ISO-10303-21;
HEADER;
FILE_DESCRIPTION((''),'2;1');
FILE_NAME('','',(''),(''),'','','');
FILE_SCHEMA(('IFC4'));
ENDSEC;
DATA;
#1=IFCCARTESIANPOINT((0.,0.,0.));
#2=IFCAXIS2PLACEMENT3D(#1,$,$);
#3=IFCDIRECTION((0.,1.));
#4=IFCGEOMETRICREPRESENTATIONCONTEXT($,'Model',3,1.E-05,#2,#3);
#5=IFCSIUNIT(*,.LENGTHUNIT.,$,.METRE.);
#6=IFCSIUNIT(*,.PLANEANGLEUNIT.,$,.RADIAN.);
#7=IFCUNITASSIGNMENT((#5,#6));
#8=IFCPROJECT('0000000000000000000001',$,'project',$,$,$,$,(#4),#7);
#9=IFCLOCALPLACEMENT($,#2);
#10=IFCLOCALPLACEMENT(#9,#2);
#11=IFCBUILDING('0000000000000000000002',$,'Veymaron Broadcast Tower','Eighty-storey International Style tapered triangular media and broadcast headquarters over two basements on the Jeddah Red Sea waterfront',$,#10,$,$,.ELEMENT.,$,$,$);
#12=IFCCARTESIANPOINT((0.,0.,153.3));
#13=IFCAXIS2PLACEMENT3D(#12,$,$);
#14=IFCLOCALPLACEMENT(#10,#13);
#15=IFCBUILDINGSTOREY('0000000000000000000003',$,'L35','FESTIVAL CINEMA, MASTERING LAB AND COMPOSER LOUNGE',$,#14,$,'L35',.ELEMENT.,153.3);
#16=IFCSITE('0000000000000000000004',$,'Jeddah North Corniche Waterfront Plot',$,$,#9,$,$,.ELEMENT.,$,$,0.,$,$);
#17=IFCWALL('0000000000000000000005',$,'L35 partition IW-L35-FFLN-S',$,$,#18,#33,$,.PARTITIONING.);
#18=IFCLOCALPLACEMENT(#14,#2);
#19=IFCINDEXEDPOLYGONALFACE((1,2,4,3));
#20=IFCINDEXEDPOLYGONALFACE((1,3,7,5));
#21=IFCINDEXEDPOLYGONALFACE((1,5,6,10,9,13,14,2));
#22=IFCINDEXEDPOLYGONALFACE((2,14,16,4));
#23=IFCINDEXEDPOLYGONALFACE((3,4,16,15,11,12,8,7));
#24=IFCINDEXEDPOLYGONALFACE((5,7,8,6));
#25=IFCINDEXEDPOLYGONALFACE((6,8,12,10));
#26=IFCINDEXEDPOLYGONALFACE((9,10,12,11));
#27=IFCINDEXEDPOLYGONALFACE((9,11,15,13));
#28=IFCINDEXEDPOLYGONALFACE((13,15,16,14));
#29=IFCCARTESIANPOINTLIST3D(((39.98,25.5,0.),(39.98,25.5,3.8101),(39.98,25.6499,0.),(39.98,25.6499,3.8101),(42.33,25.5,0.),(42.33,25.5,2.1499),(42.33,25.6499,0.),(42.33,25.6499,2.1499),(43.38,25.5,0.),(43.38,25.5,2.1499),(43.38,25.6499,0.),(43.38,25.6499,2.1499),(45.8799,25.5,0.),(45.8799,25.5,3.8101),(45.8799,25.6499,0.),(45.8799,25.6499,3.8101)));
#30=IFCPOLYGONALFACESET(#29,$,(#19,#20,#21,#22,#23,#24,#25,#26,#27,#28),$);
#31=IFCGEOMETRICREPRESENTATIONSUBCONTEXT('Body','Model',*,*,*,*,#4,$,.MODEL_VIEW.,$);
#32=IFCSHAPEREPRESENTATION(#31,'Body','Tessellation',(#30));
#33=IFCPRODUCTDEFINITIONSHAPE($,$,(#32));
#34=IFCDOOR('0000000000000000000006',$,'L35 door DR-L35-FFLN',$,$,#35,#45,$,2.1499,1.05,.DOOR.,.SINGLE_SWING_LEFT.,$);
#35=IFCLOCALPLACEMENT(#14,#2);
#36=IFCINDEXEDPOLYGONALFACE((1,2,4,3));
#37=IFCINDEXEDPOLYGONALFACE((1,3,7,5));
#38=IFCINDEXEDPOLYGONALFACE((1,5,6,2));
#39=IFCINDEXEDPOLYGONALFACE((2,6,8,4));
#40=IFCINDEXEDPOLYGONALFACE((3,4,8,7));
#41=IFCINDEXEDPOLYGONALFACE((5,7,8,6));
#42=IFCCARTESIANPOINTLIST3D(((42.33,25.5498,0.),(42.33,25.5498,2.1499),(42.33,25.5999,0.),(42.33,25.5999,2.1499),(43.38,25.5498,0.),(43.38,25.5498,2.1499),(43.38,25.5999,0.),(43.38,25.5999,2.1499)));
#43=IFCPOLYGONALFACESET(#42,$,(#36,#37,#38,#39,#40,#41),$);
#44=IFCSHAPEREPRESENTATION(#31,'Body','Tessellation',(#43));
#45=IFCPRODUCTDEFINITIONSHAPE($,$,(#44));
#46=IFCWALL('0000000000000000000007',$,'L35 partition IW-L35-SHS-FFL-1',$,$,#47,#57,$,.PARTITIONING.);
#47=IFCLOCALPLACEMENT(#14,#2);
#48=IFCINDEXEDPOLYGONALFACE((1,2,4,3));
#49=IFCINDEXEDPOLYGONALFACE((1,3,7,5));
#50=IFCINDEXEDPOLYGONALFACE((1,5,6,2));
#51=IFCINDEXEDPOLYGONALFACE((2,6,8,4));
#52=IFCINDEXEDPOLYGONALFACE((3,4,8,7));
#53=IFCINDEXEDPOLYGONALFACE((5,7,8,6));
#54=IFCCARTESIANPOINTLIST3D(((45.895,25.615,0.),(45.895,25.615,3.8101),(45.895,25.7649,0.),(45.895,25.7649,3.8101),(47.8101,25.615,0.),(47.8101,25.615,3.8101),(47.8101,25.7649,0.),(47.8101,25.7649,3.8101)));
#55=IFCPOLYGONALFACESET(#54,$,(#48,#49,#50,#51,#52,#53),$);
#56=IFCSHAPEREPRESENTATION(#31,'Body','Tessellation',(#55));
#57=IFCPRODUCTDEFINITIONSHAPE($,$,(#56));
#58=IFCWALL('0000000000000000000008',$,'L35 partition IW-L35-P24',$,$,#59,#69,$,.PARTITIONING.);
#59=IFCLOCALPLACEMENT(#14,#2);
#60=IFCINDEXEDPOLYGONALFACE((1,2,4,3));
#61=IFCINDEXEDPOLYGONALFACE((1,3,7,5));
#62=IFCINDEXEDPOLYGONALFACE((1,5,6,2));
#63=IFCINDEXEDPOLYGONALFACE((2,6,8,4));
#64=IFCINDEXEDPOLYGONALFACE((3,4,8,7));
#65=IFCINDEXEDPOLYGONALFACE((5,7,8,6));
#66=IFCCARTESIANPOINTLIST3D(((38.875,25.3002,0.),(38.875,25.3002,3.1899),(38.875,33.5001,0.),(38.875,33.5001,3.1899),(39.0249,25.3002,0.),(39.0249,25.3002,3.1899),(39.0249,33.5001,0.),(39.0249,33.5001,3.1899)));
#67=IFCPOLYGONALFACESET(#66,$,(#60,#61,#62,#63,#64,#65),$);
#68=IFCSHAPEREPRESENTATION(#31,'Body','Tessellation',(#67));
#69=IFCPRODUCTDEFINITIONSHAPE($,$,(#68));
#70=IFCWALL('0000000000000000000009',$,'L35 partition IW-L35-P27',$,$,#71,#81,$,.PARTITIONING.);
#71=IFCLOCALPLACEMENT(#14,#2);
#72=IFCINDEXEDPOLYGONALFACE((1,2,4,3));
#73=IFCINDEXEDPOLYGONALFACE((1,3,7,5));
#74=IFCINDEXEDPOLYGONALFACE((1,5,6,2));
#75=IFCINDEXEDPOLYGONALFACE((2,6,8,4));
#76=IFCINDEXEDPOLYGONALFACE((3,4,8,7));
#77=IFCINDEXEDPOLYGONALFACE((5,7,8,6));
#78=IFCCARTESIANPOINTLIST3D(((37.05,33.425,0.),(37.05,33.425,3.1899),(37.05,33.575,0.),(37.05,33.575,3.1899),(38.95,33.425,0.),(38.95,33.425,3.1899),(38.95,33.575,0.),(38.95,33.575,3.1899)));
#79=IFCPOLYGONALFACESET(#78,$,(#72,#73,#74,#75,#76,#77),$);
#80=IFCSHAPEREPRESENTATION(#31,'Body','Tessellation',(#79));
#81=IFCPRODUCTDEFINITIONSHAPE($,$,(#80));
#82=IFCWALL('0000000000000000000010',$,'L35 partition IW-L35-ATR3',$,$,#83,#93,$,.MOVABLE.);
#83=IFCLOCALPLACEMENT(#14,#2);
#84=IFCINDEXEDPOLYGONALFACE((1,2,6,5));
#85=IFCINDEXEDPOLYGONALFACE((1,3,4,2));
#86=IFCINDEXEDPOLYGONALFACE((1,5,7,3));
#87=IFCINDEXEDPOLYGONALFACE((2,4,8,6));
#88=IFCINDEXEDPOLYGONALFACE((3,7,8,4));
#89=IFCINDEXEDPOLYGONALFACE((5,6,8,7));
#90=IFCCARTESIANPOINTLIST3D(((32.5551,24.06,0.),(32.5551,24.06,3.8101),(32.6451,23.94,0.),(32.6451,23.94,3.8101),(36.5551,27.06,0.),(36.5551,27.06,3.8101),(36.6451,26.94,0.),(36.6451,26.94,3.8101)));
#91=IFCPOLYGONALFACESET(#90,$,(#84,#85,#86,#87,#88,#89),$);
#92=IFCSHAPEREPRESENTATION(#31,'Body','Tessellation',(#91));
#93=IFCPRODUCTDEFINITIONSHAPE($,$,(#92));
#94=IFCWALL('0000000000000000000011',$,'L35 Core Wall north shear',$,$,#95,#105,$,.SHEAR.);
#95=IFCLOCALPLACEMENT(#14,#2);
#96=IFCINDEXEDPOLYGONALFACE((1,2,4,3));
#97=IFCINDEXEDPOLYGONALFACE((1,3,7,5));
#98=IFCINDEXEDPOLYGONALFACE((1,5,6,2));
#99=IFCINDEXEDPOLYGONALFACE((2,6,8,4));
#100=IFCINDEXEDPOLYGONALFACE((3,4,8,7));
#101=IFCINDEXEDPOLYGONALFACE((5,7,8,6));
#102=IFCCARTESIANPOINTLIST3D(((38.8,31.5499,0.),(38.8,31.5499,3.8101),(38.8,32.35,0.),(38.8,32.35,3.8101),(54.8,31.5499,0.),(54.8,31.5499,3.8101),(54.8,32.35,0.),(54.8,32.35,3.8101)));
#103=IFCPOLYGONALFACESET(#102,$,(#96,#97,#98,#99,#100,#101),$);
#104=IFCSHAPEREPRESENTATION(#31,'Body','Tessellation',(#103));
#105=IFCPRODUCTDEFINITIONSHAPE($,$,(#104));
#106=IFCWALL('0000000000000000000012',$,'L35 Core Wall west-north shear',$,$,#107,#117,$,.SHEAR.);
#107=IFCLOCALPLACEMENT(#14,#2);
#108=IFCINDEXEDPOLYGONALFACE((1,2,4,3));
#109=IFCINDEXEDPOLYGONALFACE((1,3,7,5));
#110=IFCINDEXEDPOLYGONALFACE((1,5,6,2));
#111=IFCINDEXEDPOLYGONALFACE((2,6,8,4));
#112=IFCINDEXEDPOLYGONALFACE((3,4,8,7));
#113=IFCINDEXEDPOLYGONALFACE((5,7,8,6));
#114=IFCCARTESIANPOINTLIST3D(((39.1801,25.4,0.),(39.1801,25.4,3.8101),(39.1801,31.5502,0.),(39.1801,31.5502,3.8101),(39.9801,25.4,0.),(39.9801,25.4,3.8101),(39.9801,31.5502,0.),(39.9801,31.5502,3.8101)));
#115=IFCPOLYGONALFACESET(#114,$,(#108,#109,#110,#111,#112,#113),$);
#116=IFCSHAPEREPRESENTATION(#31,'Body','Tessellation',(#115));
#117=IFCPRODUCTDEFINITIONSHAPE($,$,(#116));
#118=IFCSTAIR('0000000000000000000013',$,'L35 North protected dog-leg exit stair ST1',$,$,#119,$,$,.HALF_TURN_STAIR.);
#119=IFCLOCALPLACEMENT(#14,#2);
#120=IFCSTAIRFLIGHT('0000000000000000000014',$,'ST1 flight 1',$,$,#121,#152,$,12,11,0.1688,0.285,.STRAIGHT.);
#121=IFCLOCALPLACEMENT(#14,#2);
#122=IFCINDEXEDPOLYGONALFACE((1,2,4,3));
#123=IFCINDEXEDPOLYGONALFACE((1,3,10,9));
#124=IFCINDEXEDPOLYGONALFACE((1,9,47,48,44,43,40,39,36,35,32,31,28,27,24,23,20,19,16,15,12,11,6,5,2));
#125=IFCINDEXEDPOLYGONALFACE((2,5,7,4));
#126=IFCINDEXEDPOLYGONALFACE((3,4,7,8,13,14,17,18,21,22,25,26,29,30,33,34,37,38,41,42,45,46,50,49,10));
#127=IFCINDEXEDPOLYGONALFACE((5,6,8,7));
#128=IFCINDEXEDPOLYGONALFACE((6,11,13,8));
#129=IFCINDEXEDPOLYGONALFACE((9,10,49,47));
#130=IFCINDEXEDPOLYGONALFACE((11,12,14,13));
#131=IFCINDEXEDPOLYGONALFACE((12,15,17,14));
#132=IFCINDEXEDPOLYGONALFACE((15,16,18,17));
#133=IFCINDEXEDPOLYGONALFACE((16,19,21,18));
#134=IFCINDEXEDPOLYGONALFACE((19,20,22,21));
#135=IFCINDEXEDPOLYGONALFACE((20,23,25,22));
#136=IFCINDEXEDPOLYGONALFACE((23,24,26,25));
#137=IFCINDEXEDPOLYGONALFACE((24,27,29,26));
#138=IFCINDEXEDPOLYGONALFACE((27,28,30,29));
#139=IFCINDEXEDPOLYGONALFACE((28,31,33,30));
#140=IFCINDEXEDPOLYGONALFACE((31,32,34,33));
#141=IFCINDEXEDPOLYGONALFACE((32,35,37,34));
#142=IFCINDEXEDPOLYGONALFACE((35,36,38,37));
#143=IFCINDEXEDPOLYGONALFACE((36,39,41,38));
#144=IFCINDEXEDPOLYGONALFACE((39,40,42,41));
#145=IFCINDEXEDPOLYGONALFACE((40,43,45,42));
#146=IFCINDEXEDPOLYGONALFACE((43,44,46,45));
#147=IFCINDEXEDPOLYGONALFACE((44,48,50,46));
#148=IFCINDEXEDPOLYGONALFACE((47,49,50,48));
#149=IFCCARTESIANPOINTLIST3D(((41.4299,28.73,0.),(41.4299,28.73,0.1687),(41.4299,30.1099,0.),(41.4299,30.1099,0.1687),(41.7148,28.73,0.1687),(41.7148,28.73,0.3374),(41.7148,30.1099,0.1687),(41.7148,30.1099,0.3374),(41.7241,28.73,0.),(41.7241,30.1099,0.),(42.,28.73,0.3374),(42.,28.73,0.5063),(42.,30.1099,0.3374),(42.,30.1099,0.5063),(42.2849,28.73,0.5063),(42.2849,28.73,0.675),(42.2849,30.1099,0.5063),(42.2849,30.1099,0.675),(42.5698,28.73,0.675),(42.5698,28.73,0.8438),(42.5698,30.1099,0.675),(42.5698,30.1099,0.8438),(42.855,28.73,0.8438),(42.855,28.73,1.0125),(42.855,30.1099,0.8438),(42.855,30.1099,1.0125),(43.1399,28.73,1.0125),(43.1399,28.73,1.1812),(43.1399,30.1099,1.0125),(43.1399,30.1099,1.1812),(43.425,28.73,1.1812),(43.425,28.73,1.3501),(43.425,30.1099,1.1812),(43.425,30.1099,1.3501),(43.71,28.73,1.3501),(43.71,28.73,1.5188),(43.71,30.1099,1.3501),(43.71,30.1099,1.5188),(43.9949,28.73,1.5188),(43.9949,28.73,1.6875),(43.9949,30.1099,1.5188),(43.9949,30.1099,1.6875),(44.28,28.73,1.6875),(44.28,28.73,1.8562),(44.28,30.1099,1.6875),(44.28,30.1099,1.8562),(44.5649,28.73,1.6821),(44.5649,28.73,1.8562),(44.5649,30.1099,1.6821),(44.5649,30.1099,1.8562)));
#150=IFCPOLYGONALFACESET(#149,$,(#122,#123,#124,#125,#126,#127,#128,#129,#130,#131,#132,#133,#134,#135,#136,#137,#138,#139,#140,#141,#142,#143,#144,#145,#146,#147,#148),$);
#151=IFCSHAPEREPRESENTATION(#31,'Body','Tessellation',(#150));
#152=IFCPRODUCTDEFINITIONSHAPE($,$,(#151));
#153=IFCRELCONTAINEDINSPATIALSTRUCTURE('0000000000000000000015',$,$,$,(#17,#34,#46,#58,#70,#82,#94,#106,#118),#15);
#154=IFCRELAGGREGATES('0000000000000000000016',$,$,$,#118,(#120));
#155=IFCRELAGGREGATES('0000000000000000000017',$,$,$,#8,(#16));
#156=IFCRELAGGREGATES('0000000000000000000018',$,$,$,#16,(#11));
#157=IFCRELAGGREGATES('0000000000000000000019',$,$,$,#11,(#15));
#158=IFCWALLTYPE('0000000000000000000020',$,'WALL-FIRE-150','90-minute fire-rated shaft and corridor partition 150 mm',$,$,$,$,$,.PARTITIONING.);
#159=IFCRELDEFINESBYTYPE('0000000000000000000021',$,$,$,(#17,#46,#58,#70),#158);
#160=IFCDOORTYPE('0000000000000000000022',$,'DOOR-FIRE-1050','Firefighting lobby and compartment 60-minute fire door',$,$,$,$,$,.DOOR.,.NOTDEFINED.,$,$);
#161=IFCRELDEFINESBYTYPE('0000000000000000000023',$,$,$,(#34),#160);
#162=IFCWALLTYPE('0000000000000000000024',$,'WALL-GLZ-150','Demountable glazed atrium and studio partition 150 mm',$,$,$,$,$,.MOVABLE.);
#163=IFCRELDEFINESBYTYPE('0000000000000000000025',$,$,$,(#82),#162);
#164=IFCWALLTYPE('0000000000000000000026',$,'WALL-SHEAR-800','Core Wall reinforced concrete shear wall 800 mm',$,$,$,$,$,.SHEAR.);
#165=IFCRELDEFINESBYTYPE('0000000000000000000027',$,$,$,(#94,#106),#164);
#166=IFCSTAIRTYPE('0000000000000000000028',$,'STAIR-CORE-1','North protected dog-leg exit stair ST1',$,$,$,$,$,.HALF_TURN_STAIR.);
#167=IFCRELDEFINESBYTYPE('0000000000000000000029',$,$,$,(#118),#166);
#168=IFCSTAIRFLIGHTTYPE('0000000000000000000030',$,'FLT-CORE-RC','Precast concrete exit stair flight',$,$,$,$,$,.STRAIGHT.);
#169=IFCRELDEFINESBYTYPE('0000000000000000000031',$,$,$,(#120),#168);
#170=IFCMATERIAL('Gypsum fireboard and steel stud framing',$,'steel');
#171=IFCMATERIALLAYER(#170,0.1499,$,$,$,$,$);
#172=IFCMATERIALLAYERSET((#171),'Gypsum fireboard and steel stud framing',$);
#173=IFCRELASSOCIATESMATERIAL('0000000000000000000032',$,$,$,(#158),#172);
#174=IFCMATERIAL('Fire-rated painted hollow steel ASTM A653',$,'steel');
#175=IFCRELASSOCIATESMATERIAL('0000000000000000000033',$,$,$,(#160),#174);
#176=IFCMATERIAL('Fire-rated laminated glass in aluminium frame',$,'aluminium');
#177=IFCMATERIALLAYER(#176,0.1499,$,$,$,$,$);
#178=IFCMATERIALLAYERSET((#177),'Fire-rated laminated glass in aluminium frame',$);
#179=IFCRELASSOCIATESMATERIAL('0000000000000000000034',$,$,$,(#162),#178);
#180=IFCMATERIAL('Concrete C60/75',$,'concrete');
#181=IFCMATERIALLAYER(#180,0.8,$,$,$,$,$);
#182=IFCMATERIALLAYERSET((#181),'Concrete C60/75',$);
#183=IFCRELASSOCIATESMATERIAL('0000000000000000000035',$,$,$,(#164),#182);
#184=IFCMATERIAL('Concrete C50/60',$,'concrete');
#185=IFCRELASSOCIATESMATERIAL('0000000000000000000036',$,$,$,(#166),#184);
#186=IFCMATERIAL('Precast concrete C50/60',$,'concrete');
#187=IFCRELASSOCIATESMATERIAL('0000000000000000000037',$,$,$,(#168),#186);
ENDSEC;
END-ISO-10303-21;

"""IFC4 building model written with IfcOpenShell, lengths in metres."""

from ifc_helpers import new_model, si_unit, direction, frame, frame_2d, origin, place, context, subcontext, project, spatial, polyline, rectangle, outline, extrude, material, layer, layer_set, type_object, element, fill, aggregate, save


model = new_model("IFC4")

# Units and contexts
model_context = context("Model", 3, precision=1e-05, world=origin(), true_north=direction((0.0, 1.0)))
body_context = subcontext(model_context, "Body", "Model", "MODEL_VIEW")
ifc_project = project(units=[si_unit("LENGTHUNIT", "METRE"), si_unit("PLANEANGLEUNIT", "RADIAN")], contexts=[model_context])

# Site, building, storey
site_placement = place(None, origin())
site = spatial("IfcSite", under=ifc_project, at=site_placement, Name="Jeddah North Corniche Waterfront Plot", CompositionType="ELEMENT", RefElevation=0.0)
building_placement = place(site_placement, origin())
building = spatial("IfcBuilding", under=site, at=building_placement, Name="Veymaron Broadcast Tower", Description="Eighty-storey International Style tapered triangular media and broadcast headquarters over two basements on the Jeddah Red Sea waterfront", CompositionType="ELEMENT")
storey_placement = place(building_placement, frame((0.0, 0.0, 153.3)))
storey = spatial("IfcBuildingStorey", under=building, at=storey_placement, Name="L35", Description="FESTIVAL CINEMA, MASTERING LAB AND COMPOSER LOUNGE", LongName="L35", CompositionType="ELEMENT", Elevation=153.3)

# Wall, opening, door
ifc_material_1 = material(Name="Gypsum fireboard and steel stud framing", Category="steel")
ifc_layer_1 = layer(ifc_material_1, 0.1499)
ifc_layer_set_1 = layer_set([ifc_layer_1], Name="Gypsum fireboard and steel stud framing")
wall_type_1 = type_object("IfcWallType", Name="WALL-FIRE-150", Description="90-minute fire-rated shaft and corridor partition 150 mm", PredefinedType="PARTITIONING", material=ifc_layer_set_1)
wall_1_placement = place(storey_placement, frame((39.98, 25.575, 0.0), z_axis=(0.0, 0.0, 1.0), x_axis=(1.0, 0.0, 0.0)))
wall_1 = element("IfcWall", 1, at=wall_1_placement, inside=storey, type_object=wall_type_1, Name="L35 partition IW-L35-FFLN-S", PredefinedType="PARTITIONING", context=body_context, shape_type="SweptSolid", body=[
    extrude(rectangle(XDim=5.8999, YDim=0.1499, at=frame_2d((2.95, 0.0))), origin(), (0.0, 0.0, 1.0), 3.8101),
])
opening_1_placement = place(wall_1_placement, frame((2.3501, 0.0, 0.0)))
opening_1 = element("IfcOpeningElement", 2, at=opening_1_placement, cuts=wall_1, PredefinedType="OPENING", context=body_context, shape_type="SweptSolid", body=[
    extrude(rectangle(XDim=1.05, YDim=2.1499, at=frame_2d((0.5249, 1.075))), frame((0.0, 0.085, 0.0), z_axis=(0.0, -1.0, 0.0), x_axis=(1.0, 0.0, 0.0)), (0.0, 0.0, 1.0), 0.1699),
])
ifc_material_2 = material(Name="Fire-rated painted hollow steel ASTM A653", Category="steel")
door_type_1 = type_object("IfcDoorType", Name="DOOR-FIRE-1050", Description="Firefighting lobby and compartment 60-minute fire door", OperationType="NOTDEFINED", PredefinedType="DOOR", material=ifc_material_2)
door_1_placement = place(opening_1_placement, origin())
door_1 = element("IfcDoor", 3, at=door_1_placement, inside=storey, type_object=door_type_1, Name="L35 door DR-L35-FFLN", OperationType="SINGLE_SWING_LEFT", OverallHeight=2.1499, OverallWidth=1.05, PredefinedType="DOOR", context=body_context, shape_type="SweptSolid", body=[
    extrude(rectangle(XDim=1.05, YDim=2.1499, at=frame_2d((0.5249, 1.075))), frame((0.0, 0.0249, 0.0), z_axis=(0.0, -1.0, 0.0), x_axis=(1.0, 0.0, 0.0)), (0.0, 0.0, 1.0), 0.05),
])
fill(opening_1, door_1)

# Wall
wall_2_placement = place(storey_placement, frame((45.895, 25.6899, 0.0), z_axis=(0.0, 0.0, 1.0), x_axis=(1.0, 0.0, 0.0)))
element("IfcWall", 4, at=wall_2_placement, inside=storey, type_object=wall_type_1, Name="L35 partition IW-L35-SHS-FFL-1", PredefinedType="PARTITIONING", context=body_context, shape_type="SweptSolid", body=[
    extrude(rectangle(XDim=1.915, YDim=0.1499, at=frame_2d((0.9575, 0.0))), origin(), (0.0, 0.0, 1.0), 3.8101),
])

# Walls
wall_3_placement = place(storey_placement, frame((38.95, 25.3, 0.0), z_axis=(0.0, 0.0, 1.0), x_axis=(0.0, 1.0, 0.0)))
element("IfcWall", 5, at=wall_3_placement, inside=storey, type_object=wall_type_1, Name="L35 partition IW-L35-P24", PredefinedType="PARTITIONING", context=body_context, shape_type="SweptSolid", body=[
    extrude(rectangle(XDim=8.2, YDim=0.1499, at=frame_2d((4.1001, 0.0))), origin(), (0.0, 0.0, 1.0), 3.1899),
])
wall_4_placement = place(storey_placement, frame((37.05, 33.5, 0.0), z_axis=(0.0, 0.0, 1.0), x_axis=(1.0, 0.0, 0.0)))
element("IfcWall", 6, at=wall_4_placement, inside=storey, type_object=wall_type_1, Name="L35 partition IW-L35-P27", PredefinedType="PARTITIONING", context=body_context, shape_type="SweptSolid", body=[
    extrude(rectangle(XDim=1.8999, YDim=0.1499, at=frame_2d((0.95, 0.0))), origin(), (0.0, 0.0, 1.0), 3.1899),
])
ifc_material_3 = material(Name="Fire-rated laminated glass in aluminium frame", Category="aluminium")
ifc_layer_2 = layer(ifc_material_3, 0.1499)
ifc_layer_set_2 = layer_set([ifc_layer_2], Name="Fire-rated laminated glass in aluminium frame")
wall_type_2 = type_object("IfcWallType", Name="WALL-GLZ-150", Description="Demountable glazed atrium and studio partition 150 mm", PredefinedType="MOVABLE", material=ifc_layer_set_2)
wall_5_placement = place(storey_placement, frame((36.6001, 27.0, 0.0), z_axis=(0.0, 0.0, 1.0), x_axis=(-0.8, -0.6, 0.0)))
element("IfcWall", 7, at=wall_5_placement, inside=storey, type_object=wall_type_2, Name="L35 partition IW-L35-ATR3", PredefinedType="MOVABLE", context=body_context, shape_type="SweptSolid", body=[
    extrude(rectangle(XDim=5.0, YDim=0.1499, at=frame_2d((2.5, 0.0))), origin(), (0.0, 0.0, 1.0), 3.8101),
])

# Shared definitions
ifc_material_4 = material(Name="Concrete C50/60", Category="concrete")

# Walls
ifc_material_5 = material(Name="Concrete C60/75", Category="concrete")
ifc_layer_3 = layer(ifc_material_5, 0.8)
ifc_layer_set_3 = layer_set([ifc_layer_3], Name="Concrete C60/75")
wall_type_3 = type_object("IfcWallType", Name="WALL-SHEAR-800", Description="Core Wall reinforced concrete shear wall 800 mm", PredefinedType="SHEAR", material=ifc_layer_set_3)
wall_6_placement = place(storey_placement, frame((38.8, 31.95, 0.0), z_axis=(0.0, 0.0, 1.0), x_axis=(1.0, 0.0, 0.0)))
element("IfcWall", 8, at=wall_6_placement, inside=storey, type_object=wall_type_3, Name="L35 Core Wall north shear", PredefinedType="SHEAR", context=body_context, shape_type="SweptSolid", body=[
    extrude(rectangle(XDim=16.0, YDim=0.8, at=frame_2d((8.0, 0.0))), origin(), (0.0, 0.0, 1.0), 3.8101),
])
wall_7_placement = place(storey_placement, frame((39.5801, 25.3999, 0.0), z_axis=(0.0, 0.0, 1.0), x_axis=(0.0, 1.0, 0.0)))
element("IfcWall", 9, at=wall_7_placement, inside=storey, type_object=wall_type_3, Name="L35 Core Wall west-north shear", PredefinedType="SHEAR", context=body_context, shape_type="SweptSolid", body=[
    extrude(rectangle(XDim=6.1501, YDim=0.8, at=frame_2d((3.0752, 0.0))), origin(), (0.0, 0.0, 1.0), 3.8101),
])

# Stair, stair flight
stair_type = type_object("IfcStairType", Name="STAIR-CORE-1", Description="North protected dog-leg exit stair ST1", PredefinedType="HALF_TURN_STAIR", material=ifc_material_4)
stair_placement = place(storey_placement, origin())
stair = element("IfcStair", 10, at=stair_placement, inside=storey, type_object=stair_type, Name="L35 North protected dog-leg exit stair ST1", PredefinedType="HALF_TURN_STAIR")
ifc_material_6 = material(Name="Precast concrete C50/60", Category="concrete")
stair_flight_type = type_object("IfcStairFlightType", Name="FLT-CORE-RC", Description="Precast concrete exit stair flight", PredefinedType="STRAIGHT", material=ifc_material_6)
stair_flight_1_placement = place(storey_placement, frame((41.4299, 29.4199, 0.0), z_axis=(0.0, 0.0, 1.0), x_axis=(1.0, 0.0, 0.0)))
stair_flight_1 = element("IfcStairFlight", 11, at=stair_flight_1_placement, type_object=stair_flight_type, Name="ST1 flight 1", NumberOfRisers=12, NumberOfTreads=11, PredefinedType="STRAIGHT", RiserHeight=0.1688, TreadLength=0.285, context=body_context, shape_type="SweptSolid", body=[
    extrude(outline(polyline([(0.0, 0.0), (0.0, 0.1687), (0.2849, 0.1687), (0.2849, 0.3374), (0.5701, 0.3374), (0.5701, 0.5063), (0.855, 0.5063), (0.855, 0.675), (1.1399, 0.675), (1.1399, 0.8438), (1.425, 0.8438), (1.425, 1.0125), (1.71, 1.0125), (1.71, 1.1812), (1.9951, 1.1812), (1.9951, 1.3501), (2.28, 1.3501), (2.28, 1.5188), (2.5649, 1.5188), (2.5649, 1.6875), (2.8501, 1.6875), (2.8501, 1.8562), (3.135, 1.8562), (3.135, 2.0249), (3.135, 1.6821), (0.2942, 0.0), (0.0, 0.0)])), frame((0.0, 0.6899, 0.0), z_axis=(0.0, -1.0, 0.0), x_axis=(1.0, 0.0, 0.0)), (0.0, 0.0, 1.0), 1.3799),
])
aggregate(stair, [stair_flight_1])

save(model, "model.ifc")
